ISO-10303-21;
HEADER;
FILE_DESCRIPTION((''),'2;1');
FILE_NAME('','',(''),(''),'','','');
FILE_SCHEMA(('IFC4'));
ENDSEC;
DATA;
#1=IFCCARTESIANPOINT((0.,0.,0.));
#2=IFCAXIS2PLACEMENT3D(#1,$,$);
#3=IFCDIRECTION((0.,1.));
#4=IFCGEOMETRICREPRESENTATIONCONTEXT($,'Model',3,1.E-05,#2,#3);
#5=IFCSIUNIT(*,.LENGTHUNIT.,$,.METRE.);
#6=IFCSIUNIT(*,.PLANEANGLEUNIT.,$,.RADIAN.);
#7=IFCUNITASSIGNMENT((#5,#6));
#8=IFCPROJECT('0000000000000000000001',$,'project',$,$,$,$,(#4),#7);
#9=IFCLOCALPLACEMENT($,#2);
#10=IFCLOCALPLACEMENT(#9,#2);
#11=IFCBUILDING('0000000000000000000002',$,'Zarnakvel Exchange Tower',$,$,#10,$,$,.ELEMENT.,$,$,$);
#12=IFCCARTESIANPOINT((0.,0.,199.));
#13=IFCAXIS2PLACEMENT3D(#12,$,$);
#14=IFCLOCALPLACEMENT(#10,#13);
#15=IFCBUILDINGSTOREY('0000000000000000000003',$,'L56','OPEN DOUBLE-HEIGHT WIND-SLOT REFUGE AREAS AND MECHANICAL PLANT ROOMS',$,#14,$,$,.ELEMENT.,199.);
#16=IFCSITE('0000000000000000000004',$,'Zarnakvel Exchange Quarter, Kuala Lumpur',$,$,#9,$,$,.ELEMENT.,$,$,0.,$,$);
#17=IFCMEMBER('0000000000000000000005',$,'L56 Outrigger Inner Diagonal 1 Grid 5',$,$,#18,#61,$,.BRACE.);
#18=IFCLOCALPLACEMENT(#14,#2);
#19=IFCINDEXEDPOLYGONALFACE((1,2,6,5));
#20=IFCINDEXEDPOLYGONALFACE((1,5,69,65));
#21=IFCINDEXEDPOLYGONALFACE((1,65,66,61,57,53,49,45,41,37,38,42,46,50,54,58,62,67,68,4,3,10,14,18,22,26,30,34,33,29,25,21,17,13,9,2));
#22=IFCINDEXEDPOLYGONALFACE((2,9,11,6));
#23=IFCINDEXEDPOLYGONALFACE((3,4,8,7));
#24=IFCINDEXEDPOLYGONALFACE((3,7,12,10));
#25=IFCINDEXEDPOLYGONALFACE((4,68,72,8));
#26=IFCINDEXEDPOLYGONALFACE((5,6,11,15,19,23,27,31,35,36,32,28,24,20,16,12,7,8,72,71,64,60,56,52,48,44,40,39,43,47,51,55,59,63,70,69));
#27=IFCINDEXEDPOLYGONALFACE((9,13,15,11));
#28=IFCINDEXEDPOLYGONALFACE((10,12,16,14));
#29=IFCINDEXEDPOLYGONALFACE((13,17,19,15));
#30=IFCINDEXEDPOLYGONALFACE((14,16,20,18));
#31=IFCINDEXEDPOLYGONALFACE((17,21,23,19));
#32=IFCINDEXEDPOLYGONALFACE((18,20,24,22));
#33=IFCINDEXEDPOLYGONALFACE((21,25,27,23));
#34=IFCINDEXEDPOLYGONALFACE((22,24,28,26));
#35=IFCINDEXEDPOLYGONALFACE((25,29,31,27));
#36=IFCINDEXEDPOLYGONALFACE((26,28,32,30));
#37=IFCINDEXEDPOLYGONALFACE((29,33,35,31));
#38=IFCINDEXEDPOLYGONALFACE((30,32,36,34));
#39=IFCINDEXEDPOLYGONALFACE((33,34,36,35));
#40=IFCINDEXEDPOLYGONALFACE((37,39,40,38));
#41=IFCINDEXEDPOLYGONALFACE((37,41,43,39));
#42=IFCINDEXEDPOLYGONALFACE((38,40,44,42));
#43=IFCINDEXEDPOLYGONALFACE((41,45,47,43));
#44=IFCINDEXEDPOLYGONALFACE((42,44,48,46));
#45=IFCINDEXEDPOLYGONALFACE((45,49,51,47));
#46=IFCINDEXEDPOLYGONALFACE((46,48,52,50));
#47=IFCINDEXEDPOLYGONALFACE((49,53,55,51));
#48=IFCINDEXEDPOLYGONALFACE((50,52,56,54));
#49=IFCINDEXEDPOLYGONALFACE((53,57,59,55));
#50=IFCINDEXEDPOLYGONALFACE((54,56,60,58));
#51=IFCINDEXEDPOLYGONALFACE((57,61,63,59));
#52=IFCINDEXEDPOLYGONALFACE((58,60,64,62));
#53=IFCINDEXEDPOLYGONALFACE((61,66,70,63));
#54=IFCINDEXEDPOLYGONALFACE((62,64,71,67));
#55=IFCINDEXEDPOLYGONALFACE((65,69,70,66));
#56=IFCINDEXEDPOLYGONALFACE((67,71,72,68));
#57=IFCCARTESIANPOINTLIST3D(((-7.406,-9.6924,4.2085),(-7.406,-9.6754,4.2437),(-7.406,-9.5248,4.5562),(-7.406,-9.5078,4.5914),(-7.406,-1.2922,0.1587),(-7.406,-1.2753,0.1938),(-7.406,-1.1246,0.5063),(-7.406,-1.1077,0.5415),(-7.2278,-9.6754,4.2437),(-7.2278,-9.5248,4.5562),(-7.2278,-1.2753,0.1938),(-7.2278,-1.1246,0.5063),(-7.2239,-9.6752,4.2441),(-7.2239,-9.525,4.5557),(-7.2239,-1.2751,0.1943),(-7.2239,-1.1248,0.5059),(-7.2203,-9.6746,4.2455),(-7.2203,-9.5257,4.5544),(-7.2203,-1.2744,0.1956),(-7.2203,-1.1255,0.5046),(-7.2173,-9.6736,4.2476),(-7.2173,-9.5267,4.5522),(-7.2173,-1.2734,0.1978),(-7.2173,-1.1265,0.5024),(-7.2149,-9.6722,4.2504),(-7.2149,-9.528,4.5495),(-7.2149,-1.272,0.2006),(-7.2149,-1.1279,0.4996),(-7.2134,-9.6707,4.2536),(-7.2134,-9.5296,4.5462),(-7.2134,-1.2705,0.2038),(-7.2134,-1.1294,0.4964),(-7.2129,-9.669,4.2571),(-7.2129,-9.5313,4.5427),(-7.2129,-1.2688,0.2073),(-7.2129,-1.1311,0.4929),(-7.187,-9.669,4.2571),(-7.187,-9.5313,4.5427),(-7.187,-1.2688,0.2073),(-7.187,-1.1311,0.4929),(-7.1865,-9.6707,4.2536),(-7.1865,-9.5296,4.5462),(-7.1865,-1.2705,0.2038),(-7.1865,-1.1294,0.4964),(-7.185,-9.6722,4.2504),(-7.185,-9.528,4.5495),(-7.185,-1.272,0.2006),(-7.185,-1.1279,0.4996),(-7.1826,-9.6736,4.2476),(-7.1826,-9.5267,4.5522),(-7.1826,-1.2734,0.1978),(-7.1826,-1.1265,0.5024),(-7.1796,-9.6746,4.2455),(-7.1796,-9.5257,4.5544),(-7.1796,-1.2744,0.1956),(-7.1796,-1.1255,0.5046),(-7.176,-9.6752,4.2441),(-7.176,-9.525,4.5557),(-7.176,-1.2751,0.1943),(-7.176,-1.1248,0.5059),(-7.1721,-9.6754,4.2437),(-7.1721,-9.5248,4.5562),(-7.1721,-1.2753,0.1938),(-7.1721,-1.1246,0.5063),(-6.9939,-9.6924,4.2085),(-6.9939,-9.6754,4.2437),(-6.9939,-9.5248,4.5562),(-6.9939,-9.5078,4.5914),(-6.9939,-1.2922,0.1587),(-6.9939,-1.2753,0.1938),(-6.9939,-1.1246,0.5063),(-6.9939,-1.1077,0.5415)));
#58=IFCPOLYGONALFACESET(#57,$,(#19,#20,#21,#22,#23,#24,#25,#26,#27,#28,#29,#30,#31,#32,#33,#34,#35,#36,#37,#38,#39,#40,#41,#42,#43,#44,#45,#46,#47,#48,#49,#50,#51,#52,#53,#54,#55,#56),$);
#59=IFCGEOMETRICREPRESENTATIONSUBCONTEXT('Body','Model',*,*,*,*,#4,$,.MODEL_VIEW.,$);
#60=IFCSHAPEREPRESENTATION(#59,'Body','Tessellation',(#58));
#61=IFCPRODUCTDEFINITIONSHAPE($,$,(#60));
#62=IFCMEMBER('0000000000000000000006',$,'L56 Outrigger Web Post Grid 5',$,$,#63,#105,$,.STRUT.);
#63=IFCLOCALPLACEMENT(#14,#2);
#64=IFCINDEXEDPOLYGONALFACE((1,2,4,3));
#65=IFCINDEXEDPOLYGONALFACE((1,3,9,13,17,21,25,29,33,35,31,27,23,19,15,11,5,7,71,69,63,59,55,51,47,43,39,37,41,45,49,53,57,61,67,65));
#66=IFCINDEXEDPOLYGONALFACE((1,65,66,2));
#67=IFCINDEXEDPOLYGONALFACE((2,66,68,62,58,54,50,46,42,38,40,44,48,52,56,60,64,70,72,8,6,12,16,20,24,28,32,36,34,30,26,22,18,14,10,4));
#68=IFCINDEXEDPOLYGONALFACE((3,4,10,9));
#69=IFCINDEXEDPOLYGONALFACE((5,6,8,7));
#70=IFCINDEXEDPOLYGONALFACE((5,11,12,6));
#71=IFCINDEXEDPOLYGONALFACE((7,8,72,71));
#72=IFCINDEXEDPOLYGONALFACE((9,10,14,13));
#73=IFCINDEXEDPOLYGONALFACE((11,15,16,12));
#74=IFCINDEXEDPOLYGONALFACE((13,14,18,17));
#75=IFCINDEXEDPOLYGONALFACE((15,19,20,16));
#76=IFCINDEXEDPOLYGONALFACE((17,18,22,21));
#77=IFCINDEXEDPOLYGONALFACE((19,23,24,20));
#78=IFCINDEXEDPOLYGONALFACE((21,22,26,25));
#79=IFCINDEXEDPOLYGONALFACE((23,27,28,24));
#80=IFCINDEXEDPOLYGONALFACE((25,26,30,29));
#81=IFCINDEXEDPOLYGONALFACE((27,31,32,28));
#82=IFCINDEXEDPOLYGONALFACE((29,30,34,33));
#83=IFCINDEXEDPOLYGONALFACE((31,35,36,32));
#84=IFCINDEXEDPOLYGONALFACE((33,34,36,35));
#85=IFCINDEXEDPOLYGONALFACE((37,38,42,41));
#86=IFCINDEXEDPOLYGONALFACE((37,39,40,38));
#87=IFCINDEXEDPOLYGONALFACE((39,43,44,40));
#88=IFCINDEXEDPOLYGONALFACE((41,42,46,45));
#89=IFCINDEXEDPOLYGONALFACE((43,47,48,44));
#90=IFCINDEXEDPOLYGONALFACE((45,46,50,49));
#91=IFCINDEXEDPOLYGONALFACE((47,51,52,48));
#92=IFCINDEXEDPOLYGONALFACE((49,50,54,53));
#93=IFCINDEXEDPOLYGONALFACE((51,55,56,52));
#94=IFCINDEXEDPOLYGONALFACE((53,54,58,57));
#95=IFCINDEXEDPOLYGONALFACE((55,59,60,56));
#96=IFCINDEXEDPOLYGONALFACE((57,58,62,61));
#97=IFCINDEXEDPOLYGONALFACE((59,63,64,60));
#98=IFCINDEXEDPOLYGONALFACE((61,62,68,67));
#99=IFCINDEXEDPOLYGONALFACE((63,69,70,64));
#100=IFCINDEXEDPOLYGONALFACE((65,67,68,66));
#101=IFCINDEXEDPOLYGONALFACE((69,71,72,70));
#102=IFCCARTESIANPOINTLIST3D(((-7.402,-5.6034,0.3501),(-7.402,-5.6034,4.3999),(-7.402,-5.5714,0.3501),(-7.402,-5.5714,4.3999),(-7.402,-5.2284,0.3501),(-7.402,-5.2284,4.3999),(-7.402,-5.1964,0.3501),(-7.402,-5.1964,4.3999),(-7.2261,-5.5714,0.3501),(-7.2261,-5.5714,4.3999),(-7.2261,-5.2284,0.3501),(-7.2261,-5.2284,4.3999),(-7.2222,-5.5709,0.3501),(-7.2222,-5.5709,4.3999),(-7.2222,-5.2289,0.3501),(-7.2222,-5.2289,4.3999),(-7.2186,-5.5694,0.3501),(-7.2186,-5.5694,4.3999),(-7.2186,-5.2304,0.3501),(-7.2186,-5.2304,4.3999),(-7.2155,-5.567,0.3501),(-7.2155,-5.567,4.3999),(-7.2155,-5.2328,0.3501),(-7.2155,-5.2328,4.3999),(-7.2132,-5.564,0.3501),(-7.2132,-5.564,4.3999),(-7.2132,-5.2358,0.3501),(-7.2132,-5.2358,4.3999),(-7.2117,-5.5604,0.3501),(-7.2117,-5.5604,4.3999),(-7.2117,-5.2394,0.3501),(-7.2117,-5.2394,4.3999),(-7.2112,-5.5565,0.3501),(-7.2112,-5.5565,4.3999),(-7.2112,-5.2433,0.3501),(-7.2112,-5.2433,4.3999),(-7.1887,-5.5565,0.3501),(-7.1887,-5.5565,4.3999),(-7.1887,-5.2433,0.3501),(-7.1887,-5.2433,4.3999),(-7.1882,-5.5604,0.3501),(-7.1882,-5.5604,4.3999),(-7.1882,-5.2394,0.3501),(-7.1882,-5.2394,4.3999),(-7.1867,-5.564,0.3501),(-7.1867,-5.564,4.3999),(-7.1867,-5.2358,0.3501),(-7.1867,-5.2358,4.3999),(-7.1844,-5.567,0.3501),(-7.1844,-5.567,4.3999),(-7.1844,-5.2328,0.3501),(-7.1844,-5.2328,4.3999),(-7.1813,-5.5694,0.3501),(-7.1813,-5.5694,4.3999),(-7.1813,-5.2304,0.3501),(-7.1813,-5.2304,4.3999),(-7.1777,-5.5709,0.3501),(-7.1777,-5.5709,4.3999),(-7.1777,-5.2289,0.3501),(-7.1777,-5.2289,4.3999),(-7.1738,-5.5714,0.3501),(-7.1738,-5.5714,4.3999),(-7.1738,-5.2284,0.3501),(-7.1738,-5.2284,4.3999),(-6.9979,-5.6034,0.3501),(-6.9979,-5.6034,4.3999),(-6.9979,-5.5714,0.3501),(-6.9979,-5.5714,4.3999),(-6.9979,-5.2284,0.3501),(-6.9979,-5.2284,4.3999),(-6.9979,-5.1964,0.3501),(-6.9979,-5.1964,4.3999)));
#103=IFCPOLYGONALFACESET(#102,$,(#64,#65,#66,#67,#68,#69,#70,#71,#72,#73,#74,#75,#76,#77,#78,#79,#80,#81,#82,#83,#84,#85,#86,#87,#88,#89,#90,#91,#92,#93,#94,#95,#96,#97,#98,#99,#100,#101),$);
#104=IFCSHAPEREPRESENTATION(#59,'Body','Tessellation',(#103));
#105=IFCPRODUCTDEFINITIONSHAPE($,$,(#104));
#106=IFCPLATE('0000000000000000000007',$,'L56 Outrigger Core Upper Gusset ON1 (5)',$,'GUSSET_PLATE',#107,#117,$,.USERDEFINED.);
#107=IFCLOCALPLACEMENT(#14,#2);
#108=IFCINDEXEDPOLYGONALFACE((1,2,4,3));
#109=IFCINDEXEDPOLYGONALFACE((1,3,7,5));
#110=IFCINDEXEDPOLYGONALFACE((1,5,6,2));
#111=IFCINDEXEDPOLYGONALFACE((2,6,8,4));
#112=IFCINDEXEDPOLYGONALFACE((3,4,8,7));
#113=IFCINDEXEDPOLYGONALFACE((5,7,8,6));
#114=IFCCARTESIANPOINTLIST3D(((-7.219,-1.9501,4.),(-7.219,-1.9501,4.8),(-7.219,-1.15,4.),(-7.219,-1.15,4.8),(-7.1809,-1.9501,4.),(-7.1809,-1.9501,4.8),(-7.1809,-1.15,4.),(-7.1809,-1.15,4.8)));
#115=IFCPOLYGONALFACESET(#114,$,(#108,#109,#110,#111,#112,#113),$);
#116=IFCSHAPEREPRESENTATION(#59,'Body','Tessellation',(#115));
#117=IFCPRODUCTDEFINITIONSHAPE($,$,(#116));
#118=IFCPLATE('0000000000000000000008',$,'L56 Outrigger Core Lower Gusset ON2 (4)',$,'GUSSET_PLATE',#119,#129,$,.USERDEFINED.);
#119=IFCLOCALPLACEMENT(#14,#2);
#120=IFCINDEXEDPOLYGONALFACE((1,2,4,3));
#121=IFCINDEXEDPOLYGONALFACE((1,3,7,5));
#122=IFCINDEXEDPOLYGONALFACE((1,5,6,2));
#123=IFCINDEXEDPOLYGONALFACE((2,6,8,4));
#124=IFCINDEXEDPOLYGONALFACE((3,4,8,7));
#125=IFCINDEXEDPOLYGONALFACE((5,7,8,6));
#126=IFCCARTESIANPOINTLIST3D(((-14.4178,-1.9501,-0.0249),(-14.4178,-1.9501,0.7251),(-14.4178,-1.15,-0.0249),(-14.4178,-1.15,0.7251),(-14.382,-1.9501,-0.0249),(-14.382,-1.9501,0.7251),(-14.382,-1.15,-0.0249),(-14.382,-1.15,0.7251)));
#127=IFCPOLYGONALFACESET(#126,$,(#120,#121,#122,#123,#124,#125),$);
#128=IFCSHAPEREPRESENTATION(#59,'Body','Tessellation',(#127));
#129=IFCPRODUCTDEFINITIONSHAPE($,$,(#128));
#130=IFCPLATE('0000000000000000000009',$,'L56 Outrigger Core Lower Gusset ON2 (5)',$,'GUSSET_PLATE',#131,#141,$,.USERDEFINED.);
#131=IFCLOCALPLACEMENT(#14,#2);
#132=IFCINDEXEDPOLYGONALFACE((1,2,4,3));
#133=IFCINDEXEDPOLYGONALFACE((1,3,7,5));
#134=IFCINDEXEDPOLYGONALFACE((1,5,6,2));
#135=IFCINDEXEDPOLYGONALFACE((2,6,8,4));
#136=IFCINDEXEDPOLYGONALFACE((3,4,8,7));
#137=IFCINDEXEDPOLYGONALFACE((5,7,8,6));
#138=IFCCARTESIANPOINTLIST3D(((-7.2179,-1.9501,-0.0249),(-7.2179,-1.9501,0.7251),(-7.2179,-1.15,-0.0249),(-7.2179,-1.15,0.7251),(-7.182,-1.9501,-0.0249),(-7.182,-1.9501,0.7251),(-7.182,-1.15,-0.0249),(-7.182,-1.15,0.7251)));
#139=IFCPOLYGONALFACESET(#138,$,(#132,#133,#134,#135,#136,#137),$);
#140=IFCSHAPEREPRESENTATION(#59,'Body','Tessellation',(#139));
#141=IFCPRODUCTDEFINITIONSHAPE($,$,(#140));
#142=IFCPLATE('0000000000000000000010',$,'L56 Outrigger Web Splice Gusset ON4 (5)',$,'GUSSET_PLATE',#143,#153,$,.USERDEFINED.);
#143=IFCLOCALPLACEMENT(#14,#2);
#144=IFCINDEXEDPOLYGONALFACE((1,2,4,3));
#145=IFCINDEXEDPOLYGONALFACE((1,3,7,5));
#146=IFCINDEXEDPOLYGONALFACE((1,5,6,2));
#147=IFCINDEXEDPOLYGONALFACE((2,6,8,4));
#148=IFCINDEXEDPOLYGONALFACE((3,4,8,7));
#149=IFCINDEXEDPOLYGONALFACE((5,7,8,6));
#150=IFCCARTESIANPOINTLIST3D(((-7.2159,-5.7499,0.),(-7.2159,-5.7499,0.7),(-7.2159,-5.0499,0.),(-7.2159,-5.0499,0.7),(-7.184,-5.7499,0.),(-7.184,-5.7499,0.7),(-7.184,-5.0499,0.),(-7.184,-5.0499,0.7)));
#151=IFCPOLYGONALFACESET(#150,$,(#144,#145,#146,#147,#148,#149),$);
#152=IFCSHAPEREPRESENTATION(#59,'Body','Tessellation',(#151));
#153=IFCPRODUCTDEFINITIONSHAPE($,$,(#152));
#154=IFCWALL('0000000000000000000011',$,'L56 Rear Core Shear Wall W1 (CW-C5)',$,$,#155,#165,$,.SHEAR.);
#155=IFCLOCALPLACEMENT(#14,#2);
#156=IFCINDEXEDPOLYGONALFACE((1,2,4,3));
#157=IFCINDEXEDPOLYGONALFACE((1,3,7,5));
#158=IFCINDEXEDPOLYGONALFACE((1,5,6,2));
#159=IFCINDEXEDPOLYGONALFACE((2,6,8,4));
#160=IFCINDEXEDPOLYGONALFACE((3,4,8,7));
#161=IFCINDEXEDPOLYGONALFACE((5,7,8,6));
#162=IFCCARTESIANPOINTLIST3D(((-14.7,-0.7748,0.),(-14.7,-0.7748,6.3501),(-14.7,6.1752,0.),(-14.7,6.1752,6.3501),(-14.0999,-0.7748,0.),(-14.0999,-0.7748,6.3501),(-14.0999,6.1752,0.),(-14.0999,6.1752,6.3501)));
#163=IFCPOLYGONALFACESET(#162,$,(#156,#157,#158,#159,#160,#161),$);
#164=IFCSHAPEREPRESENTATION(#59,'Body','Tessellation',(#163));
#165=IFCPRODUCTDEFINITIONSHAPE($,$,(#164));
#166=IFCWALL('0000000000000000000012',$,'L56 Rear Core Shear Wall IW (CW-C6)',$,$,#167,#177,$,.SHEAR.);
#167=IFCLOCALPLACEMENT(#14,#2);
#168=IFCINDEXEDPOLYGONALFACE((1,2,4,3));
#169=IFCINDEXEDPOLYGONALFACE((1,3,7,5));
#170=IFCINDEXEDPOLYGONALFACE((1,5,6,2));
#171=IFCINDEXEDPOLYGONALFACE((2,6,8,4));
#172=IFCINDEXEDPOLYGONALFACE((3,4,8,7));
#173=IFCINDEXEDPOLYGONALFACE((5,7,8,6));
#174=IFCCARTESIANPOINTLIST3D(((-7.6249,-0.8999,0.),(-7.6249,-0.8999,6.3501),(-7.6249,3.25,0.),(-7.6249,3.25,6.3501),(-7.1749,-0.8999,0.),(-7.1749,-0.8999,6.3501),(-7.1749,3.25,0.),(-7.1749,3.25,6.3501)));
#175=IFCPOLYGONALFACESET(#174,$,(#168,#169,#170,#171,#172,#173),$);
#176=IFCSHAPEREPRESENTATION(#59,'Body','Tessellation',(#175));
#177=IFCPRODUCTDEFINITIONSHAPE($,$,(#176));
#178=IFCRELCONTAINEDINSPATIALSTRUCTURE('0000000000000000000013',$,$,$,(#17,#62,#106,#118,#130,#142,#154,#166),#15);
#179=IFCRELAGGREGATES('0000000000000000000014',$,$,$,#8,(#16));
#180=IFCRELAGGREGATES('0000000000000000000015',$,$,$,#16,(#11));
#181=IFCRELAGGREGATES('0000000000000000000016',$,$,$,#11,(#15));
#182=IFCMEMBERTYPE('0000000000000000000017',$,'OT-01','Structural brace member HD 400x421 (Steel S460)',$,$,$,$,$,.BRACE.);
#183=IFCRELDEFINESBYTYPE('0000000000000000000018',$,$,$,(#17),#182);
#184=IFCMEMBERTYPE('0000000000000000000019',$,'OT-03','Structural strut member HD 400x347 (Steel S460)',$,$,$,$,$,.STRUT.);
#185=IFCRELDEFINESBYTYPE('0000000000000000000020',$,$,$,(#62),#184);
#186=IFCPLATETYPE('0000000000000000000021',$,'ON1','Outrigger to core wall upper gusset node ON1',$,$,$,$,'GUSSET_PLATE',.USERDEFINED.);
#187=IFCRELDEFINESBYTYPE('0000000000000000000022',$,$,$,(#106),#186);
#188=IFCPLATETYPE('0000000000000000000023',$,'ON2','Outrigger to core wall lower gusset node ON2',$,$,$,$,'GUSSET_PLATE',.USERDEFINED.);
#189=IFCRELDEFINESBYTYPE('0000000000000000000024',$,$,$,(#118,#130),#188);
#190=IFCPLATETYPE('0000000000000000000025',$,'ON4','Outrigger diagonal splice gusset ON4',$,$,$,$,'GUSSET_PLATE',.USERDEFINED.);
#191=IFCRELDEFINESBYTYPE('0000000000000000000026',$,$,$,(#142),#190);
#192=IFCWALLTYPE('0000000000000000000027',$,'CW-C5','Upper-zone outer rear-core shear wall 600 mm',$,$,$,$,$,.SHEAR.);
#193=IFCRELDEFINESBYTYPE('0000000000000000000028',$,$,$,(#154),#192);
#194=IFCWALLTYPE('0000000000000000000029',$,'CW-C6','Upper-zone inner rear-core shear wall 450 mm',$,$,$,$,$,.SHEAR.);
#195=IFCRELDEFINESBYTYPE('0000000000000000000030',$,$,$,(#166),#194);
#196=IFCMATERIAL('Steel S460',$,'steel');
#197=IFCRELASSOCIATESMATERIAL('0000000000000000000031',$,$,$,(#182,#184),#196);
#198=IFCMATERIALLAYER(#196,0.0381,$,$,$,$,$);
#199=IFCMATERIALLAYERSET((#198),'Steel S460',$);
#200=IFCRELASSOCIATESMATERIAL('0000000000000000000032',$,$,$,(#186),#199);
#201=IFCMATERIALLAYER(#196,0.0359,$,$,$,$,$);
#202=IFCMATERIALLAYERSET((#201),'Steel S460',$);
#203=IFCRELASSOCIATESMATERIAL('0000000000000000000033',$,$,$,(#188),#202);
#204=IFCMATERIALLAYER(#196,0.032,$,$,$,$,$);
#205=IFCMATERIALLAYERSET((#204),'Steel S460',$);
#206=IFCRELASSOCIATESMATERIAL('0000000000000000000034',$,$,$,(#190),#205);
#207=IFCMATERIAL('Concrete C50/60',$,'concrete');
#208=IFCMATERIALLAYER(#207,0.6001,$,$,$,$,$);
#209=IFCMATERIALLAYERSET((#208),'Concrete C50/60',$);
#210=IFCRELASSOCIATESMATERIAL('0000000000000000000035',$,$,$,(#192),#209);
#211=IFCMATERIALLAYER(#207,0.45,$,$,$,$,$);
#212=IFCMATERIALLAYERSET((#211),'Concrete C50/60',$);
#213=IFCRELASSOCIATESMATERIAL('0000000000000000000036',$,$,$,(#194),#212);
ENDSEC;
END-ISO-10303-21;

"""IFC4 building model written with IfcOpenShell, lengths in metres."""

from ifc_helpers import new_model, si_unit, direction, frame, frame_2d, origin, origin_2d, place, context, subcontext, project, spatial, rectangle, i_section, extrude, source, transform, mapped, material, layer, layer_set, material_profile, profile_set, type_object, element, save


model = new_model("IFC4")

# Units and contexts
model_context = context("Model", 3, precision=1e-05, world=origin(), true_north=direction((0.0, 1.0)))
body_context = subcontext(model_context, "Body", "Model", "MODEL_VIEW")
ifc_project = project(units=[si_unit("LENGTHUNIT", "METRE"), si_unit("PLANEANGLEUNIT", "RADIAN")], contexts=[model_context])

# Site, building, storey
site_placement = place(None, origin())
site = spatial("IfcSite", under=ifc_project, at=site_placement, Name="Zarnakvel Exchange Quarter, Kuala Lumpur", CompositionType="ELEMENT", RefElevation=0.0)
building_placement = place(site_placement, origin())
building = spatial("IfcBuilding", under=site, at=building_placement, Name="Zarnakvel Exchange Tower", CompositionType="ELEMENT")
storey_placement = place(building_placement, frame((0.0, 0.0, 199.0)))
storey = spatial("IfcBuildingStorey", under=building, at=storey_placement, Name="L56", Description="OPEN DOUBLE-HEIGHT WIND-SLOT REFUGE AREAS AND MECHANICAL PLANT ROOMS", CompositionType="ELEMENT", Elevation=199.0)

# Shared definitions
ifc_material_1 = material(Name="Concrete C50/60", Category="concrete")

# Members
ifc_material_2 = material(Name="Steel S460", Category="steel")
ifc_material_profile_1 = material_profile(ifc_material_2, i_section(OverallWidth=0.4121, OverallDepth=0.425, WebThickness=0.0259, FlangeThickness=0.0391, FilletRadius=0.0149, at=origin_2d()))
ifc_profile_set_1 = profile_set([ifc_material_profile_1], Name="Steel S460")
member_type_1 = type_object("IfcMemberType", Name="OT-01", Description="Structural brace member HD 400x421 (Steel S460)", PredefinedType="BRACE", material=ifc_profile_set_1)
shared_shape_1 = source(origin(), body_context, "Body", "SweptSolid", [
    extrude(i_section(OverallWidth=0.4121, OverallDepth=0.425, WebThickness=0.0259, FlangeThickness=0.0391, FilletRadius=0.0149, at=origin_2d()), origin(), (0.0, 0.0, 1.0), 9.3254),
])
for number, where, z_axis, x_axis, name in (
    (1, (-7.2, -1.2, 0.3501), (0.0, -0.90078, 0.434276), (1.0, 0.0, 0.0), "L56 Outrigger Inner Diagonal 1 Grid 5"),
):
    element("IfcMember", number, at=place(storey_placement, frame(where, z_axis=z_axis, x_axis=x_axis)), inside=storey, type_object=member_type_1, Name=name, PredefinedType="BRACE", context=body_context, shape_type="MappedRepresentation", body=[
        mapped(shared_shape_1, transform((0.0, 0.0, 0.0), x_axis=(1.0, 0.0, 0.0), y_axis=(0.0, 1.0, 0.0), z_axis=(0.0, 0.0, 1.0), scale=1.0)),
    ])
ifc_material_profile_2 = material_profile(ifc_material_2, i_section(OverallWidth=0.4041, OverallDepth=0.407, WebThickness=0.0225, FlangeThickness=0.032, FilletRadius=0.0149, at=origin_2d()))
ifc_profile_set_2 = profile_set([ifc_material_profile_2], Name="Steel S460")
member_type_2 = type_object("IfcMemberType", Name="OT-03", Description="Structural strut member HD 400x347 (Steel S460)", PredefinedType="STRUT", material=ifc_profile_set_2)
shared_shape_2 = source(origin(), body_context, "Body", "SweptSolid", [
    extrude(i_section(OverallWidth=0.4041, OverallDepth=0.407, WebThickness=0.0225, FlangeThickness=0.032, FilletRadius=0.0149, at=origin_2d()), origin(), (0.0, 0.0, 1.0), 4.0498),
])
member_placement = place(storey_placement, frame((-7.2, -5.3999, 0.3501), z_axis=(0.0, 0.0, 1.0), x_axis=(1.0, 0.0, 0.0)))
element("IfcMember", 2, at=member_placement, inside=storey, type_object=member_type_2, Name="L56 Outrigger Web Post Grid 5", PredefinedType="STRUT", context=body_context, shape_type="MappedRepresentation", body=[
    mapped(shared_shape_2, transform((0.0, 0.0, 0.0), x_axis=(1.0, 0.0, 0.0), y_axis=(0.0, 1.0, 0.0), z_axis=(0.0, 0.0, 1.0), scale=1.0)),
])

# Plates
ifc_layer_1 = layer(ifc_material_2, 0.0381)
ifc_layer_set_1 = layer_set([ifc_layer_1], Name="Steel S460")
plate_type_1 = type_object("IfcPlateType", Name="ON1", Description="Outrigger to core wall upper gusset node ON1", ElementType="GUSSET_PLATE", PredefinedType="USERDEFINED", material=ifc_layer_set_1)
shared_shape_3 = source(origin(), body_context, "Body", "SweptSolid", [
    extrude(rectangle(XDim=0.0381, YDim=0.8, at=origin_2d()), origin(), (0.0, 0.0, 1.0), 0.8),
])
plate_1_placement = place(storey_placement, frame((-7.2, -1.55, 4.0), z_axis=(0.0, 0.0, 1.0), x_axis=(1.0, 0.0, 0.0)))
element("IfcPlate", 3, at=plate_1_placement, inside=storey, type_object=plate_type_1, Name="L56 Outrigger Core Upper Gusset ON1 (5)", ObjectType="GUSSET_PLATE", PredefinedType="USERDEFINED", context=body_context, shape_type="MappedRepresentation", body=[
    mapped(shared_shape_3, transform((0.0, 0.0, 0.0), x_axis=(1.0, 0.0, 0.0), y_axis=(0.0, 1.0, 0.0), z_axis=(0.0, 0.0, 1.0), scale=1.0)),
])
ifc_layer_2 = layer(ifc_material_2, 0.0359)
ifc_layer_set_2 = layer_set([ifc_layer_2], Name="Steel S460")
plate_type_2 = type_object("IfcPlateType", Name="ON2", Description="Outrigger to core wall lower gusset node ON2", ElementType="GUSSET_PLATE", PredefinedType="USERDEFINED", material=ifc_layer_set_2)
shared_shape_4 = source(origin(), body_context, "Body", "SweptSolid", [
    extrude(rectangle(XDim=0.0359, YDim=0.8, at=origin_2d()), origin(), (0.0, 0.0, 1.0), 0.75),
])
for number, where, z_axis, x_axis, name in (
    (4, (-14.3999, -1.55, -0.0249), (0.0, 0.0, 1.0), (1.0, 0.0, 0.0), "L56 Outrigger Core Lower Gusset ON2 (4)"),
    (5, (-7.2, -1.55, -0.0249), (0.0, 0.0, 1.0), (1.0, 0.0, 0.0), "L56 Outrigger Core Lower Gusset ON2 (5)"),
):
    element("IfcPlate", number, at=place(storey_placement, frame(where, z_axis=z_axis, x_axis=x_axis)), inside=storey, type_object=plate_type_2, Name=name, ObjectType="GUSSET_PLATE", PredefinedType="USERDEFINED", context=body_context, shape_type="MappedRepresentation", body=[
        mapped(shared_shape_4, transform((0.0, 0.0, 0.0), x_axis=(1.0, 0.0, 0.0), y_axis=(0.0, 1.0, 0.0), z_axis=(0.0, 0.0, 1.0), scale=1.0)),
    ])
ifc_layer_3 = layer(ifc_material_2, 0.032)
ifc_layer_set_3 = layer_set([ifc_layer_3], Name="Steel S460")
plate_type_3 = type_object("IfcPlateType", Name="ON4", Description="Outrigger diagonal splice gusset ON4", ElementType="GUSSET_PLATE", PredefinedType="USERDEFINED", material=ifc_layer_set_3)
shared_shape_5 = source(origin(), body_context, "Body", "SweptSolid", [
    extrude(rectangle(XDim=0.032, YDim=0.7, at=origin_2d()), origin(), (0.0, 0.0, 1.0), 0.7),
])
plate_2_placement = place(storey_placement, frame((-7.2, -5.3999, 0.0), z_axis=(0.0, 0.0, 1.0), x_axis=(1.0, 0.0, 0.0)))
element("IfcPlate", 6, at=plate_2_placement, inside=storey, type_object=plate_type_3, Name="L56 Outrigger Web Splice Gusset ON4 (5)", ObjectType="GUSSET_PLATE", PredefinedType="USERDEFINED", context=body_context, shape_type="MappedRepresentation", body=[
    mapped(shared_shape_5, transform((0.0, 0.0, 0.0), x_axis=(1.0, 0.0, 0.0), y_axis=(0.0, 1.0, 0.0), z_axis=(0.0, 0.0, 1.0), scale=1.0)),
])

# Wall
ifc_layer_4 = layer(ifc_material_1, 0.6001)
ifc_layer_set_4 = layer_set([ifc_layer_4], Name="Concrete C50/60")
wall_type_1 = type_object("IfcWallType", Name="CW-C5", Description="Upper-zone outer rear-core shear wall 600 mm", PredefinedType="SHEAR", material=ifc_layer_set_4)
wall_1_placement = place(storey_placement, frame((-14.3999, -0.7749, 0.0), z_axis=(0.0, 0.0, 1.0), x_axis=(0.0, 1.0, 0.0)))
element("IfcWall", 7, at=wall_1_placement, inside=storey, type_object=wall_type_1, Name="L56 Rear Core Shear Wall W1 (CW-C5)", PredefinedType="SHEAR", context=body_context, shape_type="SweptSolid", body=[
    extrude(rectangle(XDim=6.95, YDim=0.6001, at=frame_2d((3.4751, 0.0))), origin(), (0.0, 0.0, 1.0), 6.3501),
])

# Wall
ifc_layer_5 = layer(ifc_material_1, 0.45)
ifc_layer_set_5 = layer_set([ifc_layer_5], Name="Concrete C50/60")
wall_type_2 = type_object("IfcWallType", Name="CW-C6", Description="Upper-zone inner rear-core shear wall 450 mm", PredefinedType="SHEAR", material=ifc_layer_set_5)
wall_2_placement = place(storey_placement, frame((-7.3999, -0.8999, 0.0), z_axis=(0.0, 0.0, 1.0), x_axis=(0.0, 1.0, 0.0)))
element("IfcWall", 8, at=wall_2_placement, inside=storey, type_object=wall_type_2, Name="L56 Rear Core Shear Wall IW (CW-C6)", PredefinedType="SHEAR", context=body_context, shape_type="SweptSolid", body=[
    extrude(rectangle(XDim=4.1499, YDim=0.45, at=frame_2d((2.075, 0.0))), origin(), (0.0, 0.0, 1.0), 6.3501),
])

save(model, "model.ifc")
